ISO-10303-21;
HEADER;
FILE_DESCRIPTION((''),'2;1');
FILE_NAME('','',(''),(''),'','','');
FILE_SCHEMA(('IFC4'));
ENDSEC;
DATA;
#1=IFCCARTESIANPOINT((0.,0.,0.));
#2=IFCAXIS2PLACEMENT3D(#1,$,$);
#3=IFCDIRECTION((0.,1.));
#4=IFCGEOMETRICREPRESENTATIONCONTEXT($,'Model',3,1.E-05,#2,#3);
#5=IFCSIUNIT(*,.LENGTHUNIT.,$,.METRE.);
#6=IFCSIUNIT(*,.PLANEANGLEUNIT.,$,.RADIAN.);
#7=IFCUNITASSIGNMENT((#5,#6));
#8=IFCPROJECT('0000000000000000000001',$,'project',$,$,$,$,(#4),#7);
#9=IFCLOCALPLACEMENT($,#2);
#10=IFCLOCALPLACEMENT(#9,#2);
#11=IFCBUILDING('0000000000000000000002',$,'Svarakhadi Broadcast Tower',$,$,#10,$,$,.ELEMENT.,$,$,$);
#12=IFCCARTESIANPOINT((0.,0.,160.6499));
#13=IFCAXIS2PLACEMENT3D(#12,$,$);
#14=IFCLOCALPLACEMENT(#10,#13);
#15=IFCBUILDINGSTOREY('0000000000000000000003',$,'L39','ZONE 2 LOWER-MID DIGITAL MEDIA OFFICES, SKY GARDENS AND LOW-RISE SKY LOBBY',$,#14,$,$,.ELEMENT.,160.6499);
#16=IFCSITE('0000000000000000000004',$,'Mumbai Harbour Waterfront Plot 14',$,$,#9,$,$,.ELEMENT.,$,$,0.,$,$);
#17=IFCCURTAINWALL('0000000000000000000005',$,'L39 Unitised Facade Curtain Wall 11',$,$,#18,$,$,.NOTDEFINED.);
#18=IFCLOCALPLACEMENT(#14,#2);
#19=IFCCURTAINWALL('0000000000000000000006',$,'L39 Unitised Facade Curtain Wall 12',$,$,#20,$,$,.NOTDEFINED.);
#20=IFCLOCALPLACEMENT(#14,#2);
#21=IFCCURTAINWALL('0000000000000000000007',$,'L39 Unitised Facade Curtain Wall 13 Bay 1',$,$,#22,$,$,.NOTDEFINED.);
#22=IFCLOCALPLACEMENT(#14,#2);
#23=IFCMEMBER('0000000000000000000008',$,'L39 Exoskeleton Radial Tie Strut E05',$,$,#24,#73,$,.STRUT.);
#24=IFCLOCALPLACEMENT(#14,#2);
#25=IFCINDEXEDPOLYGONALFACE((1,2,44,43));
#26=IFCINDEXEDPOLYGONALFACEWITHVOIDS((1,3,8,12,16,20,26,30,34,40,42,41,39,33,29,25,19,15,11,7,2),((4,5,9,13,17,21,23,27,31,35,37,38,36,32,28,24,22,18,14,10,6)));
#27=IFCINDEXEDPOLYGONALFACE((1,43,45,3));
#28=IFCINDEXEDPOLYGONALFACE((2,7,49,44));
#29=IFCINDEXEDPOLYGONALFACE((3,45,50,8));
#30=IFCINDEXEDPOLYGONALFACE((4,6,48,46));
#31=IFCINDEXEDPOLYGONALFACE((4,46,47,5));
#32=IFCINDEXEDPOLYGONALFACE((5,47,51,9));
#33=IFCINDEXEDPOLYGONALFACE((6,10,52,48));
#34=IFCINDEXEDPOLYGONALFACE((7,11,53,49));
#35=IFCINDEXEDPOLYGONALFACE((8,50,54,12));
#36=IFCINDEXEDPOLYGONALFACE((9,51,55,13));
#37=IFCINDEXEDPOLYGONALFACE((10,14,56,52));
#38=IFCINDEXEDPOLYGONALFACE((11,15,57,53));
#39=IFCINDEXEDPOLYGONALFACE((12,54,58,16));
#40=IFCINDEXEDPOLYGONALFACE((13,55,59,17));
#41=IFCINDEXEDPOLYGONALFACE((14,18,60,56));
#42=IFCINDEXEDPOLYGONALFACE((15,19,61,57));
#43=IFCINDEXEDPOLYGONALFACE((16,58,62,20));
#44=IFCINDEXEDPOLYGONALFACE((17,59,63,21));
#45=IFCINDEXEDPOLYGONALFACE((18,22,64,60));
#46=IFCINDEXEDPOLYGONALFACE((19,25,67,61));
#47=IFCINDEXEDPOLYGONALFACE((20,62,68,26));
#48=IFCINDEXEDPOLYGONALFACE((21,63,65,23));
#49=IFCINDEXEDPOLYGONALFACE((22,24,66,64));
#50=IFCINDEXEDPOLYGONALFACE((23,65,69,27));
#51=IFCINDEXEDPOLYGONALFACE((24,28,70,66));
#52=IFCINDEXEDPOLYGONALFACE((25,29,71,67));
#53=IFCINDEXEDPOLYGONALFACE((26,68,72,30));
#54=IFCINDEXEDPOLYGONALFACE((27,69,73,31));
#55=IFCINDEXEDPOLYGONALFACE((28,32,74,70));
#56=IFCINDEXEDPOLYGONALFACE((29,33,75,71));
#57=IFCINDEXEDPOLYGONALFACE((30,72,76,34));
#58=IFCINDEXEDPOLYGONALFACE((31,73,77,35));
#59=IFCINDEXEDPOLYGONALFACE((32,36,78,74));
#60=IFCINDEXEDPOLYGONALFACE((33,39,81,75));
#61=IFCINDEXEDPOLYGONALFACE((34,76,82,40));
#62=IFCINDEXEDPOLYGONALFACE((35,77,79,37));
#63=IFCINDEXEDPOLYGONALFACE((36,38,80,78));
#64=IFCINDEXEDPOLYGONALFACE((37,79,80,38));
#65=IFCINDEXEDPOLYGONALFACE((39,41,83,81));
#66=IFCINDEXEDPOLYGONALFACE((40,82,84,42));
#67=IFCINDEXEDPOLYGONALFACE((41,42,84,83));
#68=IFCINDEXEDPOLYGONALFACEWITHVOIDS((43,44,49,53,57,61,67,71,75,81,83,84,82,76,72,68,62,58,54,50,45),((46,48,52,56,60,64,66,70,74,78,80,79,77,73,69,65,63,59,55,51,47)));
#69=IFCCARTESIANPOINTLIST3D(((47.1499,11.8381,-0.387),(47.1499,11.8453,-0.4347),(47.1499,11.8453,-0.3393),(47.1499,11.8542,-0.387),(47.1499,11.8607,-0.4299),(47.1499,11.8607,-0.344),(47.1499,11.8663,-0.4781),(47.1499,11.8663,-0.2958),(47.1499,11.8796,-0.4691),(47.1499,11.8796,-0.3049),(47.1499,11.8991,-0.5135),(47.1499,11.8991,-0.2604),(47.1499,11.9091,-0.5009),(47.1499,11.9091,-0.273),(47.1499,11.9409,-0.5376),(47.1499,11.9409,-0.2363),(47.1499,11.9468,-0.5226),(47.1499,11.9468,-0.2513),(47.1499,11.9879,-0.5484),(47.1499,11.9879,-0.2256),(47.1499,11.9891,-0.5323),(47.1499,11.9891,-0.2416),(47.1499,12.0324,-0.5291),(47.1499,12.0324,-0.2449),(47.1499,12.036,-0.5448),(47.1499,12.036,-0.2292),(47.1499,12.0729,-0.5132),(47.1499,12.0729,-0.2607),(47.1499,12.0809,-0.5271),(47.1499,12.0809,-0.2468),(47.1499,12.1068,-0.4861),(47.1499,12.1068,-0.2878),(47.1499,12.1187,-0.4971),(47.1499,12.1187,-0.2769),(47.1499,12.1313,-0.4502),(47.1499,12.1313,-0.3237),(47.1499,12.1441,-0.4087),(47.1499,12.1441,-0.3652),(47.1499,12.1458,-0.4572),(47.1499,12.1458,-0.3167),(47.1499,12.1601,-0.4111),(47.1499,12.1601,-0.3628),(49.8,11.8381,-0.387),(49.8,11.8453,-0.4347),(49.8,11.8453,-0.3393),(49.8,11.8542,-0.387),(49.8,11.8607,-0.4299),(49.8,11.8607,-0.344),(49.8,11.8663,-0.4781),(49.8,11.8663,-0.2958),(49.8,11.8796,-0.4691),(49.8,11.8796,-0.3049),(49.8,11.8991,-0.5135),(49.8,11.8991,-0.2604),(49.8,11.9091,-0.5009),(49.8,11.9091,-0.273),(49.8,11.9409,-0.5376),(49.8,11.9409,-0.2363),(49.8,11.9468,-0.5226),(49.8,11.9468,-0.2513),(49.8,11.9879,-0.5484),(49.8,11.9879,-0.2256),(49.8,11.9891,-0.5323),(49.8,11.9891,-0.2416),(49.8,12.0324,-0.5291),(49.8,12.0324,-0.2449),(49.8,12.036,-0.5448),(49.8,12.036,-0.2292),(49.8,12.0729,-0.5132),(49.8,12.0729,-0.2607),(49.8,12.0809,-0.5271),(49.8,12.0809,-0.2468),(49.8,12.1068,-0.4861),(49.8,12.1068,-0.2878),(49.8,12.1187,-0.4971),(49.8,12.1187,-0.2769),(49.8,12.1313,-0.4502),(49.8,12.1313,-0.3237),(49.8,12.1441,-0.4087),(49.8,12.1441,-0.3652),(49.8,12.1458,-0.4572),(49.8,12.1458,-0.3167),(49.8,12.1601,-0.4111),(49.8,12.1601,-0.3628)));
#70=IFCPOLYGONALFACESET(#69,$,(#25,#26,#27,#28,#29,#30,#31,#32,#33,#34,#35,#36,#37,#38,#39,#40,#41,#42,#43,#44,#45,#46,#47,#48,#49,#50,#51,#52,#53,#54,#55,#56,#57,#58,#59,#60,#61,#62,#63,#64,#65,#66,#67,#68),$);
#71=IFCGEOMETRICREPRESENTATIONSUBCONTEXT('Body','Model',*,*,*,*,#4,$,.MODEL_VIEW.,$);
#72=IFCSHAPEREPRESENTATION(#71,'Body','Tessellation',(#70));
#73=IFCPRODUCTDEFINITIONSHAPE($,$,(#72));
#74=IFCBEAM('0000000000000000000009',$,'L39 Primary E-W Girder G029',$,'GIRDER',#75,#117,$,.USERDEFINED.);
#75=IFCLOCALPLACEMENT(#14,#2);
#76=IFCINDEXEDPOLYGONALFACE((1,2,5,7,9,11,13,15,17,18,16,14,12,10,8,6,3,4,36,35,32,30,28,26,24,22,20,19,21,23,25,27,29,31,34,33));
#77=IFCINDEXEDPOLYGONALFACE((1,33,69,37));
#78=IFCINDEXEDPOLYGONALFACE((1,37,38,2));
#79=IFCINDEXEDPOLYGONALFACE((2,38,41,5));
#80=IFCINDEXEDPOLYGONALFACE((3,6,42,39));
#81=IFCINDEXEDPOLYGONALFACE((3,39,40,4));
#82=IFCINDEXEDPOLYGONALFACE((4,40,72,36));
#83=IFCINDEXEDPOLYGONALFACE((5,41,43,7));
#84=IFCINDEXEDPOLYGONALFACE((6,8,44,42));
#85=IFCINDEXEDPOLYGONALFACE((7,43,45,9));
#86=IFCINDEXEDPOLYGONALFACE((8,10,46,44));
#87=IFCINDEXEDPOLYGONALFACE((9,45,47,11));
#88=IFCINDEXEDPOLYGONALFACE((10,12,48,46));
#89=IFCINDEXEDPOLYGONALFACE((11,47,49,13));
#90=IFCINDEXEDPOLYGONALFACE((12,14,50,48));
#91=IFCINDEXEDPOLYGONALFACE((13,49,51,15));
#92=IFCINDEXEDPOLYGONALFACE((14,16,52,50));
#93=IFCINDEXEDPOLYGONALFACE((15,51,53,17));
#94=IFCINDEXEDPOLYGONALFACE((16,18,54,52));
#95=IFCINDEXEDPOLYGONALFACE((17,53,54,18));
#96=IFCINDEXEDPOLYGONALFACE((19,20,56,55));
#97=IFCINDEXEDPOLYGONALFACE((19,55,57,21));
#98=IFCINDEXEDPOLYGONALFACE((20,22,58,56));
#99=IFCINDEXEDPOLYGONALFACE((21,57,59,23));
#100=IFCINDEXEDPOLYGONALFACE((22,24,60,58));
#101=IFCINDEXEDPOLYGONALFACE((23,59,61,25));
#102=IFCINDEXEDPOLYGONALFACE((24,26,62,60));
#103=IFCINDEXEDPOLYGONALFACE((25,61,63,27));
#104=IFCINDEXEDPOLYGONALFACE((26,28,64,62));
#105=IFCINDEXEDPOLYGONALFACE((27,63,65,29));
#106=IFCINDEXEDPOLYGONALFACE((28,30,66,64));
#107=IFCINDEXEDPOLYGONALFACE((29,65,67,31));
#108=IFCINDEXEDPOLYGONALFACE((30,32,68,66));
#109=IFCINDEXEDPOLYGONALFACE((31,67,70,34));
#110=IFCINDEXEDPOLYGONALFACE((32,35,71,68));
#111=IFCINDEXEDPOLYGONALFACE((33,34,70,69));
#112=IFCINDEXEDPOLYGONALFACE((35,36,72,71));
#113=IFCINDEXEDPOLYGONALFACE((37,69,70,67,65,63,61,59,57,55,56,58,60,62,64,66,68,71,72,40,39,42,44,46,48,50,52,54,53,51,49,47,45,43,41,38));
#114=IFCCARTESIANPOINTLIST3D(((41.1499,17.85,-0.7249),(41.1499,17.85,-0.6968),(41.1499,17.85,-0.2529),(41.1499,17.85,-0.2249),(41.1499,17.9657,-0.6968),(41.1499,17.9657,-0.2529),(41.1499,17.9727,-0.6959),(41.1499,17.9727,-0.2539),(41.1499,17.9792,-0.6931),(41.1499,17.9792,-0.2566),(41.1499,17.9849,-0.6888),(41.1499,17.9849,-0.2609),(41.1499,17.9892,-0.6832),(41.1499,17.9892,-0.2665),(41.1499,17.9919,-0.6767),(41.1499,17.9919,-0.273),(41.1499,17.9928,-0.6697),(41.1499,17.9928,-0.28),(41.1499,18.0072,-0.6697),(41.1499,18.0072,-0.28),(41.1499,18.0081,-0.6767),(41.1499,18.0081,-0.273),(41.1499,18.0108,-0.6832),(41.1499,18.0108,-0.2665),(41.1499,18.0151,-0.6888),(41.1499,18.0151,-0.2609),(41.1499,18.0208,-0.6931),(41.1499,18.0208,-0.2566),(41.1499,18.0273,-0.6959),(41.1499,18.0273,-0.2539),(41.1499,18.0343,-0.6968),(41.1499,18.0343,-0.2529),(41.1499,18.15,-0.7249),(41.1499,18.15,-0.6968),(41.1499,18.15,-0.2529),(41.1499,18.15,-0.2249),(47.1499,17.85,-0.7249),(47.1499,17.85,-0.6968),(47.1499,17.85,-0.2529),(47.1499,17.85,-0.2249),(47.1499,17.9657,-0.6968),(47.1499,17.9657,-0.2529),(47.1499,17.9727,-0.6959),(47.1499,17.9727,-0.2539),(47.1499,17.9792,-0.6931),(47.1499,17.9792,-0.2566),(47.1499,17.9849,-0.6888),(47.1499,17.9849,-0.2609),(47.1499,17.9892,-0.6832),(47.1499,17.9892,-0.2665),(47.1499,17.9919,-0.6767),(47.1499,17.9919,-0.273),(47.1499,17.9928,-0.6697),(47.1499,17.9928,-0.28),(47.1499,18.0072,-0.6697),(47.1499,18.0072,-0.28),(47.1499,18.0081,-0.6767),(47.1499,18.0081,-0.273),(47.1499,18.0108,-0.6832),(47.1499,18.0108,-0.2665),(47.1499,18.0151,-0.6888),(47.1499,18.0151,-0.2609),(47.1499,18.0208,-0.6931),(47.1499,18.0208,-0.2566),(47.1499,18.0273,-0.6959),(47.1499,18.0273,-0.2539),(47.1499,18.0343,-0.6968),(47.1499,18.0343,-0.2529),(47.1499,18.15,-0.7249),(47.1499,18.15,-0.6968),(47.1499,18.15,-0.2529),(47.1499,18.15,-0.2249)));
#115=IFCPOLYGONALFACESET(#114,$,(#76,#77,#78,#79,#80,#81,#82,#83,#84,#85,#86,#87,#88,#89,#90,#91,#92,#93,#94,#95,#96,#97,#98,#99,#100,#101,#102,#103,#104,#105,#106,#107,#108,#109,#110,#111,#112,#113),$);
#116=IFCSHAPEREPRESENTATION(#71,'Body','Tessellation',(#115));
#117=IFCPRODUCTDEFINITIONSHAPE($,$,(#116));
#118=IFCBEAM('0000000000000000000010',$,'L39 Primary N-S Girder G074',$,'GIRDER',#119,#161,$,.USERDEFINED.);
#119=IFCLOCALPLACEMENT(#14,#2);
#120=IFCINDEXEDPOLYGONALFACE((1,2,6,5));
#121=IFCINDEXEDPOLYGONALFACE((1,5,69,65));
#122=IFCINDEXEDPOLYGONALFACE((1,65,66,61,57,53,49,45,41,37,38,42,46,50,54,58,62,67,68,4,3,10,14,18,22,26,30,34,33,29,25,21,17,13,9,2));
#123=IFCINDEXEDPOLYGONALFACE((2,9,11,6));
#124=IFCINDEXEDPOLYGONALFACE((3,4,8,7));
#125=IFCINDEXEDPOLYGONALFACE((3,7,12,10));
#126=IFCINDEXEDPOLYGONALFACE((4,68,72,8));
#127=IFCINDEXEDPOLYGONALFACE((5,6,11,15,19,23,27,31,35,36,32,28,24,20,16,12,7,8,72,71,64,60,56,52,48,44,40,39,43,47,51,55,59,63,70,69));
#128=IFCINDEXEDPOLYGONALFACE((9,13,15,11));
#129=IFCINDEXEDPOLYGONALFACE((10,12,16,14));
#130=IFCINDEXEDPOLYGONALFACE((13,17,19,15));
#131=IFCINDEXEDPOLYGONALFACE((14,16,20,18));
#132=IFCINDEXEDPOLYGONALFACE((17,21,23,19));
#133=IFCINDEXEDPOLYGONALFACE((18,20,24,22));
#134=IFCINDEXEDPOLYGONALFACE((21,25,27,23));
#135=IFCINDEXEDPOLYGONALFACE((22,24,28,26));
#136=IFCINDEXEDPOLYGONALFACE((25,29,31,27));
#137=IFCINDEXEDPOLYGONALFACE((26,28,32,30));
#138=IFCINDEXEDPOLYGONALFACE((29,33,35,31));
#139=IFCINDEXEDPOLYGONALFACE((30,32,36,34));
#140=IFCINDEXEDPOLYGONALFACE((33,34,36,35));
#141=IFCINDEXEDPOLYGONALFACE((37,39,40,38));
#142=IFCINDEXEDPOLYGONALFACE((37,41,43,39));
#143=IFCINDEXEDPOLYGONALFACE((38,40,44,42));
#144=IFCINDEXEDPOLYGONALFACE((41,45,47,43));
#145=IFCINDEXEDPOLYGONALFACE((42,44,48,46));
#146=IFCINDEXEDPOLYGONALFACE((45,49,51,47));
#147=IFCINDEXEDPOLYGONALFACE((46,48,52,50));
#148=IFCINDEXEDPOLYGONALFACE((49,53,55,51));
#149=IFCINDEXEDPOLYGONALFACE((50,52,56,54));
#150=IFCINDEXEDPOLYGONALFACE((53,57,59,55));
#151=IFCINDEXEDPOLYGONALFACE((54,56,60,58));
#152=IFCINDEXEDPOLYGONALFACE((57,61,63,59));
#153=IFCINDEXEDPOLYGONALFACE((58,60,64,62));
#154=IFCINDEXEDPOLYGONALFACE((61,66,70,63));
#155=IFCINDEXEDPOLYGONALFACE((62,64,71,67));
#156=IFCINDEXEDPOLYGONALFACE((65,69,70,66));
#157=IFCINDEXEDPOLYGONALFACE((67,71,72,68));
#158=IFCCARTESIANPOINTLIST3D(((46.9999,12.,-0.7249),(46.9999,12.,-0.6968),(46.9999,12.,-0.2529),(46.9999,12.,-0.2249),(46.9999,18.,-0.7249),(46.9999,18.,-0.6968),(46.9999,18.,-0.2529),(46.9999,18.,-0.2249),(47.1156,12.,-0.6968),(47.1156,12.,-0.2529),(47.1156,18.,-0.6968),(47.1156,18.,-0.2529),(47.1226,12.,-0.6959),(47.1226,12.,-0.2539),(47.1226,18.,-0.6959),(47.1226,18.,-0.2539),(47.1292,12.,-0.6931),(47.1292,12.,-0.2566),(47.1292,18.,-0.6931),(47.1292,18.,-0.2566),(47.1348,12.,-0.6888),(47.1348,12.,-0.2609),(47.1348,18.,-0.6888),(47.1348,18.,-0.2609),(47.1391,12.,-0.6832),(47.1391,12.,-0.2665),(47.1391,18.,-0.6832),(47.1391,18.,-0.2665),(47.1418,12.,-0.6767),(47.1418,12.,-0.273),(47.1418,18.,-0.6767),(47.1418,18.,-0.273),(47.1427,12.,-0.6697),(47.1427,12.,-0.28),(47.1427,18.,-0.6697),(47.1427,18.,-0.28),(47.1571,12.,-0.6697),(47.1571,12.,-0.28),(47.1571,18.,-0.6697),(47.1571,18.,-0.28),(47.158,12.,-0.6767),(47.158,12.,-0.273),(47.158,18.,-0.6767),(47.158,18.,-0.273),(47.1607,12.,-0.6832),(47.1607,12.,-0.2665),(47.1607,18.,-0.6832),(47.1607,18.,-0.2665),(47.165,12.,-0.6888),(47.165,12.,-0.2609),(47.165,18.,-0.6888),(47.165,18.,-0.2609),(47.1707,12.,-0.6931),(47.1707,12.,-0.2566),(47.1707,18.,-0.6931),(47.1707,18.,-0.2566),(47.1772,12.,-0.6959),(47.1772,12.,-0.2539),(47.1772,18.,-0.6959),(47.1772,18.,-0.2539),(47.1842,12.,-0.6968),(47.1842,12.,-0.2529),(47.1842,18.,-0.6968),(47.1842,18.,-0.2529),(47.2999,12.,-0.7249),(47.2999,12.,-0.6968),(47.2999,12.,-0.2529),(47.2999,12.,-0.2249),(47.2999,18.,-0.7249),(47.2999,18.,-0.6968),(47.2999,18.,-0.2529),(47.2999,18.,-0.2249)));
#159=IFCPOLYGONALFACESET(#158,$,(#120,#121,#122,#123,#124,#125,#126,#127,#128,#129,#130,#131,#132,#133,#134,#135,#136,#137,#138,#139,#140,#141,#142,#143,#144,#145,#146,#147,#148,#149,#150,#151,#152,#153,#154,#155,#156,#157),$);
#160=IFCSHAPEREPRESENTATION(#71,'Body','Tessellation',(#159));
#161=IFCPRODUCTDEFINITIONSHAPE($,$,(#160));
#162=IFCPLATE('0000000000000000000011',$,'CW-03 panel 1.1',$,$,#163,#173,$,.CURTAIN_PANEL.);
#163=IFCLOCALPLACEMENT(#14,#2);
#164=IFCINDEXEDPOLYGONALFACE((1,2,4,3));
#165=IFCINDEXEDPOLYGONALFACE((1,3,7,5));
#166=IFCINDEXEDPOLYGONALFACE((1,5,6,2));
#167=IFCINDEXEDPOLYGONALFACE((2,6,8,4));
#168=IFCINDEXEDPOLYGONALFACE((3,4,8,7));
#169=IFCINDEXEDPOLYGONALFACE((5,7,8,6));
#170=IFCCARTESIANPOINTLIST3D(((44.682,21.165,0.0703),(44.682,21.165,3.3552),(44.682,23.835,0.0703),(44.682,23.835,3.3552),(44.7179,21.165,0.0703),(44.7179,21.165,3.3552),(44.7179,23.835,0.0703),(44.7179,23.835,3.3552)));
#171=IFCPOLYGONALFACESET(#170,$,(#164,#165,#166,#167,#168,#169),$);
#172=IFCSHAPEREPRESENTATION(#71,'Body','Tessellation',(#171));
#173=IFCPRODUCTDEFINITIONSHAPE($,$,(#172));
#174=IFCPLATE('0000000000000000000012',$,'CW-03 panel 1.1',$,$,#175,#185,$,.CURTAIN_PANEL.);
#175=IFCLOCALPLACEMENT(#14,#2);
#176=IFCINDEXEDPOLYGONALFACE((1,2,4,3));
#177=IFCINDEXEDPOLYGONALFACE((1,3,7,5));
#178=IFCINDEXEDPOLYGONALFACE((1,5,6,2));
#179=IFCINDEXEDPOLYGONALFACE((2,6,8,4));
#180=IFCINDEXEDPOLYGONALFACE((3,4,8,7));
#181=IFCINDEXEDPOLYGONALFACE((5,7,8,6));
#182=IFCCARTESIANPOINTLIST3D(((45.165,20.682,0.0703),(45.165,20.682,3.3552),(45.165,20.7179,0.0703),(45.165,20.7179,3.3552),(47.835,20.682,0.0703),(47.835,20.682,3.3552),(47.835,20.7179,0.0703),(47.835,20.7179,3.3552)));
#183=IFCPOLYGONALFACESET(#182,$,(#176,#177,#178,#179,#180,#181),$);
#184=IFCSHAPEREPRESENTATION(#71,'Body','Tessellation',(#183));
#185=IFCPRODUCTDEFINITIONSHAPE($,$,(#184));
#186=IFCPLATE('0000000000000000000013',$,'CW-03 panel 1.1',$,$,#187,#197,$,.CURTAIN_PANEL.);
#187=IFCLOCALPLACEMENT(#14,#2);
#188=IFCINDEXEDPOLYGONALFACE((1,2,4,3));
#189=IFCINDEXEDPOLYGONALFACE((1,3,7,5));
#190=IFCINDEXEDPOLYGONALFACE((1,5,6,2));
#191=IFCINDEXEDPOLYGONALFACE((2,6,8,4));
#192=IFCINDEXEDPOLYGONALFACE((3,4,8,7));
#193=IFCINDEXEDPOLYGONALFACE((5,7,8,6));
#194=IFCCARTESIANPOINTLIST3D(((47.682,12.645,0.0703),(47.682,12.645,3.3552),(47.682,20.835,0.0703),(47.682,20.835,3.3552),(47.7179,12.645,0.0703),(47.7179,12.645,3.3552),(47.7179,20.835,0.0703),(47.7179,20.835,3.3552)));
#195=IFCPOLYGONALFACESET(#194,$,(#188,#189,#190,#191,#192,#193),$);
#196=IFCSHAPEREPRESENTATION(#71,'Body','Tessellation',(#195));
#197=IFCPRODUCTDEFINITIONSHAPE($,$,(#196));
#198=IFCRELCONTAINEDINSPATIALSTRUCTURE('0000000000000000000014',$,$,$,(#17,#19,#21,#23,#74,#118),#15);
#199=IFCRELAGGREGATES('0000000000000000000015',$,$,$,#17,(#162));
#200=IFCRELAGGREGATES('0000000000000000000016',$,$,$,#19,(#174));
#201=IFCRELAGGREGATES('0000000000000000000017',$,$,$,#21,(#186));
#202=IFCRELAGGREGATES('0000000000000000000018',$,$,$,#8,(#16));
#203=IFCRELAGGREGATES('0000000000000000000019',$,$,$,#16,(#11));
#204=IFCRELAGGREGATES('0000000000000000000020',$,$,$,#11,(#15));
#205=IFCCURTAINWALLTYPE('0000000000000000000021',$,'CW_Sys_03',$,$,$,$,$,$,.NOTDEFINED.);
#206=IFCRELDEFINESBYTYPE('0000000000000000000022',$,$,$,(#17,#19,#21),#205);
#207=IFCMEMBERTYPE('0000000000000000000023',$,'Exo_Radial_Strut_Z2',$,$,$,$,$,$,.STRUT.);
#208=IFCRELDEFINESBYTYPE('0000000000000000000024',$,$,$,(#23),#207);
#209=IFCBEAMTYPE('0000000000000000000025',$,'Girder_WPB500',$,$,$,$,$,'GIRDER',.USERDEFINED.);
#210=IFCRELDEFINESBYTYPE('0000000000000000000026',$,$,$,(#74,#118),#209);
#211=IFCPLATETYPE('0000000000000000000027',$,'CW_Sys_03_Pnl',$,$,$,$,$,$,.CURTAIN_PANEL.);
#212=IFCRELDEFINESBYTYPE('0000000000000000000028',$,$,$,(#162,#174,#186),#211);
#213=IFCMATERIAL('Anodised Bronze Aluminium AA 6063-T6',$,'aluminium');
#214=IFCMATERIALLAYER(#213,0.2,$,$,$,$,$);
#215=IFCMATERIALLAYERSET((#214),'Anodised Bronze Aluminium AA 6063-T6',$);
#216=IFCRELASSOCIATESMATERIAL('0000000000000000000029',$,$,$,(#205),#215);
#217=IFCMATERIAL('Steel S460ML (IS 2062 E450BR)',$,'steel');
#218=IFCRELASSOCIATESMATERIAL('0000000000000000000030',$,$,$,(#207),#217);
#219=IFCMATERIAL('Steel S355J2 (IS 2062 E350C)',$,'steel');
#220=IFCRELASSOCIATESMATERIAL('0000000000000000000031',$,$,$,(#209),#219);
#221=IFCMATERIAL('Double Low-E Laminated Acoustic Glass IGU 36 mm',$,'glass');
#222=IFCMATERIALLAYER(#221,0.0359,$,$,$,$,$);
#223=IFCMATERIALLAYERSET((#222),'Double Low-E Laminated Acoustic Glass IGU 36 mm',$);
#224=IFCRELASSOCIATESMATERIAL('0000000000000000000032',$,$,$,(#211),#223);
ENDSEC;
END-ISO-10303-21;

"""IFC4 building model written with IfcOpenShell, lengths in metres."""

from ifc_helpers import new_model, si_unit, direction, frame, origin, origin_2d, place, context, subcontext, project, spatial, rectangle, hollow_circle, i_section, extrude, material, layer, layer_set, material_profile, profile_set, type_object, element, aggregate, save


model = new_model("IFC4")

# Units and contexts
model_context = context("Model", 3, precision=1e-05, world=origin(), true_north=direction((0.0, 1.0)))
body_context = subcontext(model_context, "Body", "Model", "MODEL_VIEW")
ifc_project = project(units=[si_unit("LENGTHUNIT", "METRE"), si_unit("PLANEANGLEUNIT", "RADIAN")], contexts=[model_context])

# Site, building, storey
site_placement = place(None, origin())
site = spatial("IfcSite", under=ifc_project, at=site_placement, Name="Mumbai Harbour Waterfront Plot 14", CompositionType="ELEMENT", RefElevation=0.0)
building_placement = place(site_placement, origin())
building = spatial("IfcBuilding", under=site, at=building_placement, Name="Svarakhadi Broadcast Tower", CompositionType="ELEMENT")
storey_placement = place(building_placement, frame((0.0, 0.0, 160.6499)))
storey = spatial("IfcBuildingStorey", under=building, at=storey_placement, Name="L39", Description="ZONE 2 LOWER-MID DIGITAL MEDIA OFFICES, SKY GARDENS AND LOW-RISE SKY LOBBY", CompositionType="ELEMENT", Elevation=160.6499)

# Shared definitions
ifc_material_1 = material(Name="Steel S460ML (IS 2062 E450BR)", Category="steel")

# Shared definitions
ifc_material_2 = material(Name="Steel S355J2 (IS 2062 E350C)", Category="steel")

# Shared definitions
ifc_material_3 = material(Name="Anodised Bronze Aluminium AA 6063-T6", Category="aluminium")
ifc_layer_1 = layer(ifc_material_3, 0.2)
ifc_layer_set_1 = layer_set([ifc_layer_1], Name="Anodised Bronze Aluminium AA 6063-T6")
curtain_wall_type = type_object("IfcCurtainWallType", Name="CW_Sys_03", PredefinedType="NOTDEFINED", material=ifc_layer_set_1)

# Curtain walls
curtain_wall_1_placement = place(storey_placement, origin())
curtain_wall_1 = element("IfcCurtainWall", 1, at=curtain_wall_1_placement, inside=storey, type_object=curtain_wall_type, Name="L39 Unitised Facade Curtain Wall 11", PredefinedType="NOTDEFINED")
curtain_wall_2_placement = place(storey_placement, origin())
curtain_wall_2 = element("IfcCurtainWall", 2, at=curtain_wall_2_placement, inside=storey, type_object=curtain_wall_type, Name="L39 Unitised Facade Curtain Wall 12", PredefinedType="NOTDEFINED")
curtain_wall_3_placement = place(storey_placement, origin())
curtain_wall_3 = element("IfcCurtainWall", 3, at=curtain_wall_3_placement, inside=storey, type_object=curtain_wall_type, Name="L39 Unitised Facade Curtain Wall 13 Bay 1", PredefinedType="NOTDEFINED")

# Member
ifc_material_profile_1 = material_profile(ifc_material_1, hollow_circle(Radius=0.1619, WallThickness=0.0161, at=origin_2d()), Name="CHS 323.9x16")
ifc_profile_set_1 = profile_set([ifc_material_profile_1], Name="Steel S460ML (IS 2062 E450BR)")
member_type_1 = type_object("IfcMemberType", Name="Exo_Radial_Strut_Z2", PredefinedType="STRUT", material=ifc_profile_set_1)
member_1_placement = place(storey_placement, frame((49.8, 12.0, -0.387), z_axis=(-1.0, 0.0, 0.0), x_axis=(0.0, -1.0, 0.0)))
element("IfcMember", 4, at=member_1_placement, inside=storey, type_object=member_type_1, Name="L39 Exoskeleton Radial Tie Strut E05", PredefinedType="STRUT", context=body_context, shape_type="SweptSolid", body=[
    extrude(hollow_circle(Radius=0.1619, WallThickness=0.0161, at=origin_2d()), origin(), (0.0, 0.0, 1.0), 2.6501),
])

# Beams
ifc_material_profile_2 = material_profile(ifc_material_2, i_section(OverallWidth=0.3, OverallDepth=0.5, WebThickness=0.0144, FlangeThickness=0.0281, FilletRadius=0.0271, at=origin_2d()), Name="WPB 500x300x187")
ifc_profile_set_2 = profile_set([ifc_material_profile_2], Name="Steel S355J2 (IS 2062 E350C)")
beam_type_1 = type_object("IfcBeamType", Name="Girder_WPB500", ElementType="GIRDER", PredefinedType="USERDEFINED", material=ifc_profile_set_2)
for number, where, z_axis, x_axis, name in (
    (5, (41.1499, 18.0, -0.4749), (1.0, 0.0, 0.0), (0.0, 1.0, 0.0), "L39 Primary E-W Girder G029"),
    (6, (47.1499, 12.0, -0.4749), (0.0, 1.0, 0.0), (-1.0, 0.0, 0.0), "L39 Primary N-S Girder G074"),
):
    element("IfcBeam", number, at=place(storey_placement, frame(where, z_axis=z_axis, x_axis=x_axis)), inside=storey, type_object=beam_type_1, Name=name, ObjectType="GIRDER", PredefinedType="USERDEFINED", context=body_context, shape_type="SweptSolid", body=[
        extrude(i_section(OverallWidth=0.3, OverallDepth=0.5, WebThickness=0.0144, FlangeThickness=0.0281, FilletRadius=0.0271, at=origin_2d()), origin(), (0.0, 0.0, 1.0), 6.0),
    ])

# Plates
ifc_material_4 = material(Name="Double Low-E Laminated Acoustic Glass IGU 36 mm", Category="glass")
ifc_layer_2 = layer(ifc_material_4, 0.0359)
ifc_layer_set_2 = layer_set([ifc_layer_2], Name="Double Low-E Laminated Acoustic Glass IGU 36 mm")
plate_type_1 = type_object("IfcPlateType", Name="CW_Sys_03_Pnl", PredefinedType="CURTAIN_PANEL", material=ifc_layer_set_2)
plate_1_placement = place(storey_placement, frame((44.7, 22.5, 0.0703), z_axis=(0.0, 0.0, 1.0), x_axis=(0.0, -1.0, 0.0)))
plate_1 = element("IfcPlate", 7, at=plate_1_placement, type_object=plate_type_1, Name="CW-03 panel 1.1", PredefinedType="CURTAIN_PANEL", context=body_context, shape_type="SweptSolid", body=[
    extrude(rectangle(XDim=2.6699, YDim=0.0359, at=origin_2d()), origin(), (0.0, 0.0, 1.0), 3.2849),
])
aggregate(curtain_wall_1, [plate_1])
plate_2_placement = place(storey_placement, frame((46.5, 20.7, 0.0703), z_axis=(0.0, 0.0, 1.0), x_axis=(1.0, 0.0, 0.0)))
plate_2 = element("IfcPlate", 8, at=plate_2_placement, type_object=plate_type_1, Name="CW-03 panel 1.1", PredefinedType="CURTAIN_PANEL", context=body_context, shape_type="SweptSolid", body=[
    extrude(rectangle(XDim=2.6699, YDim=0.0359, at=origin_2d()), origin(), (0.0, 0.0, 1.0), 3.2849),
])
aggregate(curtain_wall_2, [plate_2])
plate_3_placement = place(storey_placement, frame((47.7, 16.74, 0.0703), z_axis=(0.0, 0.0, 1.0), x_axis=(0.0, -1.0, 0.0)))
plate_3 = element("IfcPlate", 9, at=plate_3_placement, type_object=plate_type_1, Name="CW-03 panel 1.1", PredefinedType="CURTAIN_PANEL", context=body_context, shape_type="SweptSolid", body=[
    extrude(rectangle(XDim=8.1899, YDim=0.0359, at=origin_2d()), origin(), (0.0, 0.0, 1.0), 3.2849),
])
aggregate(curtain_wall_3, [plate_3])

save(model, "model.ifc")
